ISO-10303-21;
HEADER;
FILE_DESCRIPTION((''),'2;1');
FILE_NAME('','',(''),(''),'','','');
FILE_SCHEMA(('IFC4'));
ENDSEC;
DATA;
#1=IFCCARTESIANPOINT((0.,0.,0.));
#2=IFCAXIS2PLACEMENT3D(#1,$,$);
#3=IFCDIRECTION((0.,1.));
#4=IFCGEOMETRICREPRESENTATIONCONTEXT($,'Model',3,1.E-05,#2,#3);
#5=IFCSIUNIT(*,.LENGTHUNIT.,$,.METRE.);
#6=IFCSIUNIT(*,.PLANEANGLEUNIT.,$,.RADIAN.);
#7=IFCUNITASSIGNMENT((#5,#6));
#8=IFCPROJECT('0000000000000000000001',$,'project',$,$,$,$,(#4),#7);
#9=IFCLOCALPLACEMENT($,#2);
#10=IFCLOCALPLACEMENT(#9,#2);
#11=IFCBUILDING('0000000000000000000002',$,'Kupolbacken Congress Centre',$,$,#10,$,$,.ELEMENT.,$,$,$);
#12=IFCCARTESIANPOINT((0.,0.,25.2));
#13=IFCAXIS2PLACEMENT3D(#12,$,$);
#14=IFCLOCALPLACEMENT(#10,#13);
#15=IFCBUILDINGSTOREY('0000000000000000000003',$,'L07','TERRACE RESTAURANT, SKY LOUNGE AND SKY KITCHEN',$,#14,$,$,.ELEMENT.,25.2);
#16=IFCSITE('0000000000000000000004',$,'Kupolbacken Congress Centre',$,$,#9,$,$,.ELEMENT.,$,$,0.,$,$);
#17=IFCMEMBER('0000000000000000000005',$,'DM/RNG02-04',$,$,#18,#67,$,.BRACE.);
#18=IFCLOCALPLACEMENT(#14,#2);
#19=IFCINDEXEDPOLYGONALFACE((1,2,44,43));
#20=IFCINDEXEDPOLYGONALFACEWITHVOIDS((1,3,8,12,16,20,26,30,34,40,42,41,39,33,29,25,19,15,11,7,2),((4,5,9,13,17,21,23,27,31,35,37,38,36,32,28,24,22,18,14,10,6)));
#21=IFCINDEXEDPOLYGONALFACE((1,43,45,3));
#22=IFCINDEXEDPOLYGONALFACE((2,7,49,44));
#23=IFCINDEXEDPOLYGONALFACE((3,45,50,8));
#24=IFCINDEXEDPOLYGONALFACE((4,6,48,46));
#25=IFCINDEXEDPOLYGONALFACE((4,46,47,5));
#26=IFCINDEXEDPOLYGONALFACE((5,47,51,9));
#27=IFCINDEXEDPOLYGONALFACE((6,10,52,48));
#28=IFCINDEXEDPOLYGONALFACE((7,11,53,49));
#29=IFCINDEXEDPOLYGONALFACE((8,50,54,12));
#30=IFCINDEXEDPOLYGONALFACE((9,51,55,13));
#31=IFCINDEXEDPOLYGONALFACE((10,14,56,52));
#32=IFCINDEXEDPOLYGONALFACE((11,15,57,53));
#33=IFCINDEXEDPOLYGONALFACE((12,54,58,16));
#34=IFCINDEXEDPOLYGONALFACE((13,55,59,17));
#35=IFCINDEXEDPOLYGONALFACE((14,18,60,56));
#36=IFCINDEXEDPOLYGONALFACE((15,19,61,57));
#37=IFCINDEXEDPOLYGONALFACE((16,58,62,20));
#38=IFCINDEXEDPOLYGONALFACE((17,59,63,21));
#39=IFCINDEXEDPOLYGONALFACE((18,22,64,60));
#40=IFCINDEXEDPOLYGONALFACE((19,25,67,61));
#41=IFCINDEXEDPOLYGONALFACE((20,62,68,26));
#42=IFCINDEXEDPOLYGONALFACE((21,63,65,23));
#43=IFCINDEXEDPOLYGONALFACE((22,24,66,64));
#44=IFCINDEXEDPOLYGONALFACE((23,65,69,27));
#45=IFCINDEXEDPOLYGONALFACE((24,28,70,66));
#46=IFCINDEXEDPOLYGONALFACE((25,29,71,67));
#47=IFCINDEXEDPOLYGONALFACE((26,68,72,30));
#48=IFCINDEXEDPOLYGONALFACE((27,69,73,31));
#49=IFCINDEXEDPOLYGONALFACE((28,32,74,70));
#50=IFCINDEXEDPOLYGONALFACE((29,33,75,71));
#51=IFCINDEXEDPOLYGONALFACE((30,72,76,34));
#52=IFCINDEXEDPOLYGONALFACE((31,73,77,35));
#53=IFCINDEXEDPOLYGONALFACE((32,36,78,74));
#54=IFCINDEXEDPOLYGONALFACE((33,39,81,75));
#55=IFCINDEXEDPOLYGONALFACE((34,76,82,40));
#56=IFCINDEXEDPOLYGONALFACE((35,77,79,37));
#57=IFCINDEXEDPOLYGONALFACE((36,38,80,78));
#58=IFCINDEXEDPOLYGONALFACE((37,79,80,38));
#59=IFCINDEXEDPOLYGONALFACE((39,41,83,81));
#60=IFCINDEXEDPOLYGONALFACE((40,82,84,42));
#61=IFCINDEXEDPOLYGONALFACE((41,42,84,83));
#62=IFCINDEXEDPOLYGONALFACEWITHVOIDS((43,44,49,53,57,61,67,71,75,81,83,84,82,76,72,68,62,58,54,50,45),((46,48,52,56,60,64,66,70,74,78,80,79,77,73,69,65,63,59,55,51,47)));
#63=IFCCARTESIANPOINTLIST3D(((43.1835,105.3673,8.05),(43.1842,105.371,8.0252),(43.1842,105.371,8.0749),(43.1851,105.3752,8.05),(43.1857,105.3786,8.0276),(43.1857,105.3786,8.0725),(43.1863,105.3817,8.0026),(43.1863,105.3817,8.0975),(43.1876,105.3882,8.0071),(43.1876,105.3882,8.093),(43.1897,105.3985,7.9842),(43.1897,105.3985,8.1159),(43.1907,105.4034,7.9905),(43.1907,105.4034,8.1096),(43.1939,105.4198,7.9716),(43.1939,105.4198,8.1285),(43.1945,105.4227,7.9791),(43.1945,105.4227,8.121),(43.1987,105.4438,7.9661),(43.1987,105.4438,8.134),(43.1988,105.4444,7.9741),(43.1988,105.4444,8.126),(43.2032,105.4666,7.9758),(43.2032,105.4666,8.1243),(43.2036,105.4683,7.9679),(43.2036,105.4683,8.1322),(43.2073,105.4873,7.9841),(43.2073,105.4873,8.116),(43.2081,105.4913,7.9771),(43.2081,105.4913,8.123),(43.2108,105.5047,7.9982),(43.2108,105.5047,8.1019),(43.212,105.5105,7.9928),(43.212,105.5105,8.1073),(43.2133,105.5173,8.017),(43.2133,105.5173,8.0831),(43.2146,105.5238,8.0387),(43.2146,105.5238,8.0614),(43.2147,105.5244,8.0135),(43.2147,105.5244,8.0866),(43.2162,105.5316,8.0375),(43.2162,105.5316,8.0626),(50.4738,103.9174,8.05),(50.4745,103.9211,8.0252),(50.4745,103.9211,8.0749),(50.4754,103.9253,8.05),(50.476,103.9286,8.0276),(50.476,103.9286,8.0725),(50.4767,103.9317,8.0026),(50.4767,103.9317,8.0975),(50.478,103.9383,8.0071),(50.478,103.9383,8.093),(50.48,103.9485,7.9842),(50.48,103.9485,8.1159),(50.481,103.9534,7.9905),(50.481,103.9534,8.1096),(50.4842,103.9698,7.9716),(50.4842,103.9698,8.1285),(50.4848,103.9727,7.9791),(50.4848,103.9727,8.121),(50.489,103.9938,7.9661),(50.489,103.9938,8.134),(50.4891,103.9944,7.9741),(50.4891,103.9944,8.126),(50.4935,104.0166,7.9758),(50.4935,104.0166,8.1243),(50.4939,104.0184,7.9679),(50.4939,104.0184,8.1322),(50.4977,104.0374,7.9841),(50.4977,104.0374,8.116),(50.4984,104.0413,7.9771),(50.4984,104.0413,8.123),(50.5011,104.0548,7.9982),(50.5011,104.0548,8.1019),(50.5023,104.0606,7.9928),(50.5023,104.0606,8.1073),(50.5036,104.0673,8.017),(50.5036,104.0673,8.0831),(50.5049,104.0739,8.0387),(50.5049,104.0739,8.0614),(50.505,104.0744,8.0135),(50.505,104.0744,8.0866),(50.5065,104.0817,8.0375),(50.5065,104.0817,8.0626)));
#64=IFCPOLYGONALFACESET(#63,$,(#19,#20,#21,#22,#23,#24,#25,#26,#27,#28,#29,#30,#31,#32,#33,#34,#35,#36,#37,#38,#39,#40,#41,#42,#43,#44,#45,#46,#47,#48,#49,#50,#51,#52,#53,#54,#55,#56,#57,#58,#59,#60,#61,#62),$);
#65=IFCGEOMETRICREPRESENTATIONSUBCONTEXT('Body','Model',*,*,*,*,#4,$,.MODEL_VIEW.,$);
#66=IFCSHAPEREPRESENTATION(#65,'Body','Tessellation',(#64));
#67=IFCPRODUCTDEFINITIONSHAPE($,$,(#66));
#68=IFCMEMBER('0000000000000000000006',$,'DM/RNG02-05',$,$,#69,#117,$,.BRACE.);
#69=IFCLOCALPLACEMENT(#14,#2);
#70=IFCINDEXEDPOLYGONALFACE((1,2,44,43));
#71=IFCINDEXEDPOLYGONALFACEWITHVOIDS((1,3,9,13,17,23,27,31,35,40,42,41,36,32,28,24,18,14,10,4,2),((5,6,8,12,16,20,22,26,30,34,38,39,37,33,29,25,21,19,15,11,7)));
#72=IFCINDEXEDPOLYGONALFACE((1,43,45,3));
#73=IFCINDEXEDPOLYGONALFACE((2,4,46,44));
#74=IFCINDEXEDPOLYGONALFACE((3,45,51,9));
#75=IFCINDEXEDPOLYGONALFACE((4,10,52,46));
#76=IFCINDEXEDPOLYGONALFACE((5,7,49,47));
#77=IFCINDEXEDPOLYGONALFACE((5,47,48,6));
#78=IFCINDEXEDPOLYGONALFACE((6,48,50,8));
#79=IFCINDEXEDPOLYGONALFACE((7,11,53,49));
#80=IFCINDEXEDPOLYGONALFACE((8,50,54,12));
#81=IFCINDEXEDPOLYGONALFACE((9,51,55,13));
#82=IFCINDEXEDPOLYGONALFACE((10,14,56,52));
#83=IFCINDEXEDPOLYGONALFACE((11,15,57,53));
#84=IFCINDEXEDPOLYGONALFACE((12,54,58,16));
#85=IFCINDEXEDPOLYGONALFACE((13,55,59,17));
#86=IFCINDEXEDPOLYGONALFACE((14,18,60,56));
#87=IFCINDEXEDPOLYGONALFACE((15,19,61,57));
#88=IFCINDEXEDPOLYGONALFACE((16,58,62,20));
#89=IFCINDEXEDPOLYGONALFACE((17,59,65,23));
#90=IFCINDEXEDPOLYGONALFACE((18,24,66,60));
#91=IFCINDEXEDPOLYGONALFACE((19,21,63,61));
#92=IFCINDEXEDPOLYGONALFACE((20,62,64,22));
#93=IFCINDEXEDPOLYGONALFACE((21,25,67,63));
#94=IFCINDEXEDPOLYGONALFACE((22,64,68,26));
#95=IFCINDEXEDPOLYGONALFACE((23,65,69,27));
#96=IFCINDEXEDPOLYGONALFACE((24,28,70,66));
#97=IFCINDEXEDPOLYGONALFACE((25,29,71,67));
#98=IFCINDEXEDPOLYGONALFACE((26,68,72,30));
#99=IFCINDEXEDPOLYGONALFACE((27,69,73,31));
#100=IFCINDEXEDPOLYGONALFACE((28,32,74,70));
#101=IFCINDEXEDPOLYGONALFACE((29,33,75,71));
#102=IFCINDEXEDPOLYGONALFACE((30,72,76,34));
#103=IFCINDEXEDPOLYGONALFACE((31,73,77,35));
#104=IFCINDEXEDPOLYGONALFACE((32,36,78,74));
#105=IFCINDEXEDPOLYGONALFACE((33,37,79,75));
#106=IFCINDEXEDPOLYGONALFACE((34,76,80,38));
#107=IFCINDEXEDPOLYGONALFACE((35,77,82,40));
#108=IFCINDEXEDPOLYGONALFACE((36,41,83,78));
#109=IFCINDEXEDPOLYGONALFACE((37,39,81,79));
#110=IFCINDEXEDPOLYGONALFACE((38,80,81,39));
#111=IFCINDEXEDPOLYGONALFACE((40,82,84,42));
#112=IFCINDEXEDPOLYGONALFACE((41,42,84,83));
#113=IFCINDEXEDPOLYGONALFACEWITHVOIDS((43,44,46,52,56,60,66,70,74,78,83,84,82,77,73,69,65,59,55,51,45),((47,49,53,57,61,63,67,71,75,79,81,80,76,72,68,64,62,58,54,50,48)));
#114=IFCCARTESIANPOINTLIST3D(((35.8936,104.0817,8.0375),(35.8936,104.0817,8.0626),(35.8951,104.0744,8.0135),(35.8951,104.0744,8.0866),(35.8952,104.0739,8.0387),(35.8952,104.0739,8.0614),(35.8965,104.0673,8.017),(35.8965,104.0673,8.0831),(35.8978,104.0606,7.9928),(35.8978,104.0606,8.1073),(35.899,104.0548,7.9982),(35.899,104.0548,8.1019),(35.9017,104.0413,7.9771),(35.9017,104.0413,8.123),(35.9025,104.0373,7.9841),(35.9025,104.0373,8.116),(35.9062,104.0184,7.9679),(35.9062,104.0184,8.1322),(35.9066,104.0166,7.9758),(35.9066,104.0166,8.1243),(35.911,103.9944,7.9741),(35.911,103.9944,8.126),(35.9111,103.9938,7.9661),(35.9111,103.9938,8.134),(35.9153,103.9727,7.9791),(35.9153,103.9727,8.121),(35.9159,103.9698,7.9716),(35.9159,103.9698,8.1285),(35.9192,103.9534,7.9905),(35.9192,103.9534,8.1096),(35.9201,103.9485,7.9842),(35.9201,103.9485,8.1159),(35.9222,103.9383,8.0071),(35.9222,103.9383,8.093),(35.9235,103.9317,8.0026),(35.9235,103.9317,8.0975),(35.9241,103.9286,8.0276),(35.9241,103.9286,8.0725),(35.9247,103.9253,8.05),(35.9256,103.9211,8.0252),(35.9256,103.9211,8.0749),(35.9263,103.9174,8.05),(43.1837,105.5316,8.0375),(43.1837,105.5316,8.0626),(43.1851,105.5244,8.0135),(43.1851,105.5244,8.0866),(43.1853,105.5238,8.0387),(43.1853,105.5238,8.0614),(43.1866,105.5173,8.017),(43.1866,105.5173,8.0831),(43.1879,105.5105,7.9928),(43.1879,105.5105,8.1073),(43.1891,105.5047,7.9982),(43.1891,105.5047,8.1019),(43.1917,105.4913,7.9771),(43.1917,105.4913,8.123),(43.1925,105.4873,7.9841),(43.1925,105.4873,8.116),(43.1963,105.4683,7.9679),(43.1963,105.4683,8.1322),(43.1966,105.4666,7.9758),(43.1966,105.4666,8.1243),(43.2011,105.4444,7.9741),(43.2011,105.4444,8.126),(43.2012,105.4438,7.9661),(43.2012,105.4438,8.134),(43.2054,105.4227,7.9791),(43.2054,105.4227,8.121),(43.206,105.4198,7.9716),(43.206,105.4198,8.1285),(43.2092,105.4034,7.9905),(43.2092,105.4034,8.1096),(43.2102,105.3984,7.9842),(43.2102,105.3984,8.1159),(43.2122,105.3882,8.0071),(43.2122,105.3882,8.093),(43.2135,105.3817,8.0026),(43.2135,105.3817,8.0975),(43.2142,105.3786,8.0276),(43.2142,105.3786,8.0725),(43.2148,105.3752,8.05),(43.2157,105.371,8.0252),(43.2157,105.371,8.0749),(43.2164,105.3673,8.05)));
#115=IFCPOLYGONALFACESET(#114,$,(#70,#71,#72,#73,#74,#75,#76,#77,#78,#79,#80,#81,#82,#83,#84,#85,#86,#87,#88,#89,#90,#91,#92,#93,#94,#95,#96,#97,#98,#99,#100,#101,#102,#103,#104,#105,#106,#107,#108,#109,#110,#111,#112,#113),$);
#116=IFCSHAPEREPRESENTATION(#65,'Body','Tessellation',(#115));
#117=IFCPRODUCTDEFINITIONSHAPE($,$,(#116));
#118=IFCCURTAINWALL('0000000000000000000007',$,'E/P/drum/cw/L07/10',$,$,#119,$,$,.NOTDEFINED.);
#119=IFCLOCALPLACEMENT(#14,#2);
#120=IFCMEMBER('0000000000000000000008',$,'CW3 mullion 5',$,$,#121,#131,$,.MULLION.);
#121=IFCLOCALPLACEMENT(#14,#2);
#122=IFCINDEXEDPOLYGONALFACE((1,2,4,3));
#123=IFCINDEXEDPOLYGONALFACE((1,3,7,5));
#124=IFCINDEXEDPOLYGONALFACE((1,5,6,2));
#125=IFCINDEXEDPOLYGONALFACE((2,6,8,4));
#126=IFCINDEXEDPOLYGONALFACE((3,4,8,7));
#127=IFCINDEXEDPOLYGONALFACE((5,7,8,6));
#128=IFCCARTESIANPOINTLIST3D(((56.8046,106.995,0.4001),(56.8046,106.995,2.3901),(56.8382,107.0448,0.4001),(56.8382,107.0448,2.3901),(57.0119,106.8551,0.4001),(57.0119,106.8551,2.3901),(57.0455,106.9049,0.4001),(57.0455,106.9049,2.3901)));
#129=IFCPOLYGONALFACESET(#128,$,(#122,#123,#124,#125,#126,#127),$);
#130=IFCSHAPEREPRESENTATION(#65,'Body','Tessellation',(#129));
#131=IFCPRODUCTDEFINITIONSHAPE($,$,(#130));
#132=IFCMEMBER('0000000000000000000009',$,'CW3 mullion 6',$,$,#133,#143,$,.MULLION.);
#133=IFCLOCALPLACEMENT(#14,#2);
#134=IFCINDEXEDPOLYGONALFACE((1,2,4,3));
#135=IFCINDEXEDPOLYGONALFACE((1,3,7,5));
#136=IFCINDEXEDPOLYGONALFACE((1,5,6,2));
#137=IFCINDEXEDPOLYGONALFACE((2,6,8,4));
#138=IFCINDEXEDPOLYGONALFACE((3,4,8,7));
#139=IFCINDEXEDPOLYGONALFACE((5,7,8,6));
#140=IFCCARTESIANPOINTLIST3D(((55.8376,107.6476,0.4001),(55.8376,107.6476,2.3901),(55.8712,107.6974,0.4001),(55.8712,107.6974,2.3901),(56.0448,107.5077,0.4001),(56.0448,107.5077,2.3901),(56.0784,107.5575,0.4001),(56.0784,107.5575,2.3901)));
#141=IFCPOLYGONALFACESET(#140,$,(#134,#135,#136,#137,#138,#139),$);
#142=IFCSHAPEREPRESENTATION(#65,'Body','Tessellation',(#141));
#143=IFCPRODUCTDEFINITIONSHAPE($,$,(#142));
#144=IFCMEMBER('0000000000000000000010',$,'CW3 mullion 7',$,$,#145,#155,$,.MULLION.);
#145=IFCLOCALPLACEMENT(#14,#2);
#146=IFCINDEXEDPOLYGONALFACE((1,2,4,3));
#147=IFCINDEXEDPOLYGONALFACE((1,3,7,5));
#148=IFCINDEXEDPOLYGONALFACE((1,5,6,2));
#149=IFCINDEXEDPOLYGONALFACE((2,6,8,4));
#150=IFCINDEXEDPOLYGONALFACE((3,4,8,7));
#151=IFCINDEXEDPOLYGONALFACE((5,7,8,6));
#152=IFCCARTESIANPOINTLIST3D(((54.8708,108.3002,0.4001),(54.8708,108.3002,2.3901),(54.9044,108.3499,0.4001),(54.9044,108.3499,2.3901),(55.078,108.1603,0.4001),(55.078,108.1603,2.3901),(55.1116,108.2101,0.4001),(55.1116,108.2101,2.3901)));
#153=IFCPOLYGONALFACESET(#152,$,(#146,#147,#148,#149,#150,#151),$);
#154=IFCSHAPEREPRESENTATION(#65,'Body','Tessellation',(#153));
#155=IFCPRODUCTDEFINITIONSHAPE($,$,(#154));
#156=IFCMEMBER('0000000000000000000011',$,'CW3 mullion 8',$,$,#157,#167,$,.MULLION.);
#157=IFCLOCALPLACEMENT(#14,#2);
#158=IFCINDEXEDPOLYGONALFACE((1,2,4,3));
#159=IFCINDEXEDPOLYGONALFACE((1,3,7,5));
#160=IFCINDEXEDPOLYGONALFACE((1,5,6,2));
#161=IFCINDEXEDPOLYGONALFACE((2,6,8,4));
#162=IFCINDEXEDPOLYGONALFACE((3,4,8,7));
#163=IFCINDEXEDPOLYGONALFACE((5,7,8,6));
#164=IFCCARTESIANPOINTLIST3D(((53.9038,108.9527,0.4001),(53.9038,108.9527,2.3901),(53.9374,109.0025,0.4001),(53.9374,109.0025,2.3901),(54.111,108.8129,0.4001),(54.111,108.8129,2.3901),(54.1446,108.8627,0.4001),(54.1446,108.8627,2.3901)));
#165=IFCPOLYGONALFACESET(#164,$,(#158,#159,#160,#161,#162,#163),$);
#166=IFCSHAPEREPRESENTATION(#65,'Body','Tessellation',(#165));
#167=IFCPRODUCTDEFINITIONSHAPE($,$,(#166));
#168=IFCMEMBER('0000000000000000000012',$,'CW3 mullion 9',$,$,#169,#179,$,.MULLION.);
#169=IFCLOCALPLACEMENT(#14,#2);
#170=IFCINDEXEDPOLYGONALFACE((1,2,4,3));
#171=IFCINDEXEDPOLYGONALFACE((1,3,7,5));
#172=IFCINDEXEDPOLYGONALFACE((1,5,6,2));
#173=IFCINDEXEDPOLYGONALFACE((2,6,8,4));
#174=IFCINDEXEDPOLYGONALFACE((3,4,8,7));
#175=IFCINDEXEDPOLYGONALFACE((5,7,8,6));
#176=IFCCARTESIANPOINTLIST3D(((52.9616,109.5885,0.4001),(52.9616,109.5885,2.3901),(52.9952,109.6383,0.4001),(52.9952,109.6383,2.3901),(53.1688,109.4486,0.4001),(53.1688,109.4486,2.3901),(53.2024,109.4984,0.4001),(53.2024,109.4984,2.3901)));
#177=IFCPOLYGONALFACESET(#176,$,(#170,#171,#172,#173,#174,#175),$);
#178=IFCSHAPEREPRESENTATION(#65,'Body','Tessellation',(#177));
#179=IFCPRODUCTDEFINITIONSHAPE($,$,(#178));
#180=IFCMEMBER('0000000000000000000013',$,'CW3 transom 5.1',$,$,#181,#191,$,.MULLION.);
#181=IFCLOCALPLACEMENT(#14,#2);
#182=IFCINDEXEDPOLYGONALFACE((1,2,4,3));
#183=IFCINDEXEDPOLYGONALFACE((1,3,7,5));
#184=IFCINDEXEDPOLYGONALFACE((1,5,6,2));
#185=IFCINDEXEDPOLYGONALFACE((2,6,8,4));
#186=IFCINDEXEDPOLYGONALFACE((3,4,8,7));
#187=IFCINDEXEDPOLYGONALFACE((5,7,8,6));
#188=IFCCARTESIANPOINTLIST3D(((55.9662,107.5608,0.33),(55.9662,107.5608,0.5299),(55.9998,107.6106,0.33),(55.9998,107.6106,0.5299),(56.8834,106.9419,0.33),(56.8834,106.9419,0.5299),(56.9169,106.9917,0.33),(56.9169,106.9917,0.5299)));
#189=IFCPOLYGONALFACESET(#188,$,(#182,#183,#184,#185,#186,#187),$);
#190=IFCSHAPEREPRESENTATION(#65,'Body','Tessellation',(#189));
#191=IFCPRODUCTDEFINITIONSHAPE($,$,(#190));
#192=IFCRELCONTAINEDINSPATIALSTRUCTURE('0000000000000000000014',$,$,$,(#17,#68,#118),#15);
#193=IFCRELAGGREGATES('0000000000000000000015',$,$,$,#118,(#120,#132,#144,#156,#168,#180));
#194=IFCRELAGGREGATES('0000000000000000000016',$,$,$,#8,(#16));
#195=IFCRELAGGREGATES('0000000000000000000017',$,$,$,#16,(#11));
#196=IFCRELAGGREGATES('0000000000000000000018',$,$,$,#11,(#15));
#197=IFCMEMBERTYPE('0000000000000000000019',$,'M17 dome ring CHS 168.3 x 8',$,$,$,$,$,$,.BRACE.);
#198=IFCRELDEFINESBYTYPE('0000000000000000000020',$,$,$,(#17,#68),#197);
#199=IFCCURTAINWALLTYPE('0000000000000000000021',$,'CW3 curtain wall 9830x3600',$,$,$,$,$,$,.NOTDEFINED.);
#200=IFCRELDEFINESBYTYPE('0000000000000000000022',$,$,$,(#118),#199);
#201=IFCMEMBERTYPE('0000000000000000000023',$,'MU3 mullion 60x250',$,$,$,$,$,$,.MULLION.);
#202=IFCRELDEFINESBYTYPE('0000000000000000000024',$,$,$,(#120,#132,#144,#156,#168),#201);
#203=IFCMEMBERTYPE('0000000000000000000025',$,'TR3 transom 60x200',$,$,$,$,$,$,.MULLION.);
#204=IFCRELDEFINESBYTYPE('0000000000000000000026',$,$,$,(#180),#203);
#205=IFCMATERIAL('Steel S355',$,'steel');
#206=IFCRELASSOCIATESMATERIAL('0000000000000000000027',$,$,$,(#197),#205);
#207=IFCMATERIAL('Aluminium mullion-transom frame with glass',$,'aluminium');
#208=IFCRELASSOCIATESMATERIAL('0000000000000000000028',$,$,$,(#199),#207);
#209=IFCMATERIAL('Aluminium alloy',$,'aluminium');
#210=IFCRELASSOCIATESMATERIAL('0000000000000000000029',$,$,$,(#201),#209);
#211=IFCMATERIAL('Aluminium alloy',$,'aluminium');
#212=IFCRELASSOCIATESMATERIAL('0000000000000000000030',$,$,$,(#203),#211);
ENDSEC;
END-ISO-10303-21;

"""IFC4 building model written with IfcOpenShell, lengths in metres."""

from ifc_helpers import new_model, si_unit, direction, frame, origin, origin_2d, place, context, subcontext, project, spatial, rectangle, hollow_circle, extrude, material, material_profile, profile_set, type_object, element, aggregate, save


model = new_model("IFC4")

# Units and contexts
model_context = context("Model", 3, precision=1e-05, world=origin(), true_north=direction((0.0, 1.0)))
body_context = subcontext(model_context, "Body", "Model", "MODEL_VIEW")
ifc_project = project(units=[si_unit("LENGTHUNIT", "METRE"), si_unit("PLANEANGLEUNIT", "RADIAN")], contexts=[model_context])

# Site, building, storey
site_placement = place(None, origin())
site = spatial("IfcSite", under=ifc_project, at=site_placement, Name="Kupolbacken Congress Centre", CompositionType="ELEMENT", RefElevation=0.0)
building_placement = place(site_placement, origin())
building = spatial("IfcBuilding", under=site, at=building_placement, Name="Kupolbacken Congress Centre", CompositionType="ELEMENT")
storey_placement = place(building_placement, frame((0.0, 0.0, 25.2)))
storey = spatial("IfcBuildingStorey", under=building, at=storey_placement, Name="L07", Description="TERRACE RESTAURANT, SKY LOUNGE AND SKY KITCHEN", CompositionType="ELEMENT", Elevation=25.2)

# Members
ifc_material_1 = material(Name="Steel S355", Category="steel")
ifc_material_profile_1 = material_profile(ifc_material_1, hollow_circle(Radius=0.0842, WallThickness=0.0081, at=origin_2d()), Name="CHS 168.3 x 8")
ifc_profile_set_1 = profile_set([ifc_material_profile_1], Name="Steel S355")
member_type_1 = type_object("IfcMemberType", Name="M17 dome ring CHS 168.3 x 8", PredefinedType="BRACE", material=ifc_profile_set_1)
member_1_placement = place(storey_placement, frame((50.4902, 104.0, 8.05), z_axis=(-0.98079, 0.195068, 0.0), x_axis=(-0.195068, -0.98079, 0.0)))
element("IfcMember", 1, at=member_1_placement, inside=storey, type_object=member_type_1, Name="DM/RNG02-04", PredefinedType="BRACE", context=body_context, shape_type="SweptSolid", body=[
    extrude(hollow_circle(Radius=0.0842, WallThickness=0.0081, at=origin_2d()), origin(), (0.0, 0.0, 1.0), 7.4331),
])
member_2_placement = place(storey_placement, frame((43.2, 105.45, 8.05), z_axis=(-0.980789, -0.195074, 0.0), x_axis=(0.195074, -0.980789, 0.0)))
element("IfcMember", 2, at=member_2_placement, inside=storey, type_object=member_type_1, Name="DM/RNG02-05", PredefinedType="BRACE", context=body_context, shape_type="SweptSolid", body=[
    extrude(hollow_circle(Radius=0.0842, WallThickness=0.0081, at=origin_2d()), origin(), (0.0, 0.0, 1.0), 7.4329),
])

# Curtain wall, members
ifc_material_2 = material(Name="Aluminium mullion-transom frame with glass", Category="aluminium")
curtain_wall_type = type_object("IfcCurtainWallType", Name="CW3 curtain wall 9830x3600", PredefinedType="NOTDEFINED", material=ifc_material_2)
curtain_wall_placement = place(storey_placement, origin())
curtain_wall = element("IfcCurtainWall", 3, at=curtain_wall_placement, inside=storey, type_object=curtain_wall_type, Name="E/P/drum/cw/L07/10", PredefinedType="NOTDEFINED")
ifc_material_3 = material(Name="Aluminium alloy", Category="aluminium")
ifc_material_profile_2 = material_profile(ifc_material_3, rectangle(XDim=0.0601, YDim=0.25, at=origin_2d()), Name="60 x 250")
ifc_profile_set_2 = profile_set([ifc_material_profile_2], Name="Aluminium alloy")
member_type_2 = type_object("IfcMemberType", Name="MU3 mullion 60x250", PredefinedType="MULLION", material=ifc_profile_set_2)
member_3_placement = place(storey_placement, frame((56.925, 106.95, 0.4001), z_axis=(0.0, 0.0, 1.0), x_axis=(-0.559386, -0.828908, 0.0)))
member_3 = element("IfcMember", 4, at=member_3_placement, type_object=member_type_2, Name="CW3 mullion 5", PredefinedType="MULLION", context=body_context, shape_type="SweptSolid", body=[
    extrude(rectangle(XDim=0.0601, YDim=0.25, at=origin_2d()), origin(), (0.0, 0.0, 1.0), 1.99),
])
member_4_placement = place(storey_placement, frame((55.958, 107.6025, 0.4001), z_axis=(0.0, 0.0, 1.0), x_axis=(-0.559386, -0.828908, 0.0)))
member_4 = element("IfcMember", 5, at=member_4_placement, type_object=member_type_2, Name="CW3 mullion 6", PredefinedType="MULLION", context=body_context, shape_type="SweptSolid", body=[
    extrude(rectangle(XDim=0.0601, YDim=0.25, at=origin_2d()), origin(), (0.0, 0.0, 1.0), 1.99),
])
member_5_placement = place(storey_placement, frame((54.9912, 108.2551, 0.4001), z_axis=(0.0, 0.0, 1.0), x_axis=(-0.559386, -0.828908, 0.0)))
member_5 = element("IfcMember", 6, at=member_5_placement, type_object=member_type_2, Name="CW3 mullion 7", PredefinedType="MULLION", context=body_context, shape_type="SweptSolid", body=[
    extrude(rectangle(XDim=0.0601, YDim=0.25, at=origin_2d()), origin(), (0.0, 0.0, 1.0), 1.99),
])
member_6_placement = place(storey_placement, frame((54.0242, 108.9077, 0.4001), z_axis=(0.0, 0.0, 1.0), x_axis=(-0.559386, -0.828908, 0.0)))
member_6 = element("IfcMember", 7, at=member_6_placement, type_object=member_type_2, Name="CW3 mullion 8", PredefinedType="MULLION", context=body_context, shape_type="SweptSolid", body=[
    extrude(rectangle(XDim=0.0601, YDim=0.25, at=origin_2d()), origin(), (0.0, 0.0, 1.0), 1.99),
])
member_7_placement = place(storey_placement, frame((53.082, 109.5435, 0.4001), z_axis=(0.0, 0.0, 1.0), x_axis=(-0.559386, -0.828908, 0.0)))
member_7 = element("IfcMember", 8, at=member_7_placement, type_object=member_type_2, Name="CW3 mullion 9", PredefinedType="MULLION", context=body_context, shape_type="SweptSolid", body=[
    extrude(rectangle(XDim=0.0601, YDim=0.25, at=origin_2d()), origin(), (0.0, 0.0, 1.0), 1.99),
])
ifc_material_4 = material(Name="Aluminium alloy", Category="aluminium")
ifc_material_profile_3 = material_profile(ifc_material_4, rectangle(XDim=0.0601, YDim=0.2, at=origin_2d()), Name="60 x 200")
ifc_profile_set_3 = profile_set([ifc_material_profile_3], Name="Aluminium alloy")
member_type_3 = type_object("IfcMemberType", Name="TR3 transom 60x200", PredefinedType="MULLION", material=ifc_profile_set_3)
member_8_placement = place(storey_placement, frame((56.9001, 106.9668, 0.4299), z_axis=(-0.828948, 0.559325, 0.0), x_axis=(-0.559325, -0.828948, 0.0)))
member_8 = element("IfcMember", 9, at=member_8_placement, type_object=member_type_3, Name="CW3 transom 5.1", PredefinedType="MULLION", context=body_context, shape_type="SweptSolid", body=[
    extrude(rectangle(XDim=0.0601, YDim=0.2, at=origin_2d()), origin(), (0.0, 0.0, 1.0), 1.1064),
])
aggregate(curtain_wall, [member_3, member_4, member_5, member_6, member_7, member_8])

save(model, "model.ifc")
